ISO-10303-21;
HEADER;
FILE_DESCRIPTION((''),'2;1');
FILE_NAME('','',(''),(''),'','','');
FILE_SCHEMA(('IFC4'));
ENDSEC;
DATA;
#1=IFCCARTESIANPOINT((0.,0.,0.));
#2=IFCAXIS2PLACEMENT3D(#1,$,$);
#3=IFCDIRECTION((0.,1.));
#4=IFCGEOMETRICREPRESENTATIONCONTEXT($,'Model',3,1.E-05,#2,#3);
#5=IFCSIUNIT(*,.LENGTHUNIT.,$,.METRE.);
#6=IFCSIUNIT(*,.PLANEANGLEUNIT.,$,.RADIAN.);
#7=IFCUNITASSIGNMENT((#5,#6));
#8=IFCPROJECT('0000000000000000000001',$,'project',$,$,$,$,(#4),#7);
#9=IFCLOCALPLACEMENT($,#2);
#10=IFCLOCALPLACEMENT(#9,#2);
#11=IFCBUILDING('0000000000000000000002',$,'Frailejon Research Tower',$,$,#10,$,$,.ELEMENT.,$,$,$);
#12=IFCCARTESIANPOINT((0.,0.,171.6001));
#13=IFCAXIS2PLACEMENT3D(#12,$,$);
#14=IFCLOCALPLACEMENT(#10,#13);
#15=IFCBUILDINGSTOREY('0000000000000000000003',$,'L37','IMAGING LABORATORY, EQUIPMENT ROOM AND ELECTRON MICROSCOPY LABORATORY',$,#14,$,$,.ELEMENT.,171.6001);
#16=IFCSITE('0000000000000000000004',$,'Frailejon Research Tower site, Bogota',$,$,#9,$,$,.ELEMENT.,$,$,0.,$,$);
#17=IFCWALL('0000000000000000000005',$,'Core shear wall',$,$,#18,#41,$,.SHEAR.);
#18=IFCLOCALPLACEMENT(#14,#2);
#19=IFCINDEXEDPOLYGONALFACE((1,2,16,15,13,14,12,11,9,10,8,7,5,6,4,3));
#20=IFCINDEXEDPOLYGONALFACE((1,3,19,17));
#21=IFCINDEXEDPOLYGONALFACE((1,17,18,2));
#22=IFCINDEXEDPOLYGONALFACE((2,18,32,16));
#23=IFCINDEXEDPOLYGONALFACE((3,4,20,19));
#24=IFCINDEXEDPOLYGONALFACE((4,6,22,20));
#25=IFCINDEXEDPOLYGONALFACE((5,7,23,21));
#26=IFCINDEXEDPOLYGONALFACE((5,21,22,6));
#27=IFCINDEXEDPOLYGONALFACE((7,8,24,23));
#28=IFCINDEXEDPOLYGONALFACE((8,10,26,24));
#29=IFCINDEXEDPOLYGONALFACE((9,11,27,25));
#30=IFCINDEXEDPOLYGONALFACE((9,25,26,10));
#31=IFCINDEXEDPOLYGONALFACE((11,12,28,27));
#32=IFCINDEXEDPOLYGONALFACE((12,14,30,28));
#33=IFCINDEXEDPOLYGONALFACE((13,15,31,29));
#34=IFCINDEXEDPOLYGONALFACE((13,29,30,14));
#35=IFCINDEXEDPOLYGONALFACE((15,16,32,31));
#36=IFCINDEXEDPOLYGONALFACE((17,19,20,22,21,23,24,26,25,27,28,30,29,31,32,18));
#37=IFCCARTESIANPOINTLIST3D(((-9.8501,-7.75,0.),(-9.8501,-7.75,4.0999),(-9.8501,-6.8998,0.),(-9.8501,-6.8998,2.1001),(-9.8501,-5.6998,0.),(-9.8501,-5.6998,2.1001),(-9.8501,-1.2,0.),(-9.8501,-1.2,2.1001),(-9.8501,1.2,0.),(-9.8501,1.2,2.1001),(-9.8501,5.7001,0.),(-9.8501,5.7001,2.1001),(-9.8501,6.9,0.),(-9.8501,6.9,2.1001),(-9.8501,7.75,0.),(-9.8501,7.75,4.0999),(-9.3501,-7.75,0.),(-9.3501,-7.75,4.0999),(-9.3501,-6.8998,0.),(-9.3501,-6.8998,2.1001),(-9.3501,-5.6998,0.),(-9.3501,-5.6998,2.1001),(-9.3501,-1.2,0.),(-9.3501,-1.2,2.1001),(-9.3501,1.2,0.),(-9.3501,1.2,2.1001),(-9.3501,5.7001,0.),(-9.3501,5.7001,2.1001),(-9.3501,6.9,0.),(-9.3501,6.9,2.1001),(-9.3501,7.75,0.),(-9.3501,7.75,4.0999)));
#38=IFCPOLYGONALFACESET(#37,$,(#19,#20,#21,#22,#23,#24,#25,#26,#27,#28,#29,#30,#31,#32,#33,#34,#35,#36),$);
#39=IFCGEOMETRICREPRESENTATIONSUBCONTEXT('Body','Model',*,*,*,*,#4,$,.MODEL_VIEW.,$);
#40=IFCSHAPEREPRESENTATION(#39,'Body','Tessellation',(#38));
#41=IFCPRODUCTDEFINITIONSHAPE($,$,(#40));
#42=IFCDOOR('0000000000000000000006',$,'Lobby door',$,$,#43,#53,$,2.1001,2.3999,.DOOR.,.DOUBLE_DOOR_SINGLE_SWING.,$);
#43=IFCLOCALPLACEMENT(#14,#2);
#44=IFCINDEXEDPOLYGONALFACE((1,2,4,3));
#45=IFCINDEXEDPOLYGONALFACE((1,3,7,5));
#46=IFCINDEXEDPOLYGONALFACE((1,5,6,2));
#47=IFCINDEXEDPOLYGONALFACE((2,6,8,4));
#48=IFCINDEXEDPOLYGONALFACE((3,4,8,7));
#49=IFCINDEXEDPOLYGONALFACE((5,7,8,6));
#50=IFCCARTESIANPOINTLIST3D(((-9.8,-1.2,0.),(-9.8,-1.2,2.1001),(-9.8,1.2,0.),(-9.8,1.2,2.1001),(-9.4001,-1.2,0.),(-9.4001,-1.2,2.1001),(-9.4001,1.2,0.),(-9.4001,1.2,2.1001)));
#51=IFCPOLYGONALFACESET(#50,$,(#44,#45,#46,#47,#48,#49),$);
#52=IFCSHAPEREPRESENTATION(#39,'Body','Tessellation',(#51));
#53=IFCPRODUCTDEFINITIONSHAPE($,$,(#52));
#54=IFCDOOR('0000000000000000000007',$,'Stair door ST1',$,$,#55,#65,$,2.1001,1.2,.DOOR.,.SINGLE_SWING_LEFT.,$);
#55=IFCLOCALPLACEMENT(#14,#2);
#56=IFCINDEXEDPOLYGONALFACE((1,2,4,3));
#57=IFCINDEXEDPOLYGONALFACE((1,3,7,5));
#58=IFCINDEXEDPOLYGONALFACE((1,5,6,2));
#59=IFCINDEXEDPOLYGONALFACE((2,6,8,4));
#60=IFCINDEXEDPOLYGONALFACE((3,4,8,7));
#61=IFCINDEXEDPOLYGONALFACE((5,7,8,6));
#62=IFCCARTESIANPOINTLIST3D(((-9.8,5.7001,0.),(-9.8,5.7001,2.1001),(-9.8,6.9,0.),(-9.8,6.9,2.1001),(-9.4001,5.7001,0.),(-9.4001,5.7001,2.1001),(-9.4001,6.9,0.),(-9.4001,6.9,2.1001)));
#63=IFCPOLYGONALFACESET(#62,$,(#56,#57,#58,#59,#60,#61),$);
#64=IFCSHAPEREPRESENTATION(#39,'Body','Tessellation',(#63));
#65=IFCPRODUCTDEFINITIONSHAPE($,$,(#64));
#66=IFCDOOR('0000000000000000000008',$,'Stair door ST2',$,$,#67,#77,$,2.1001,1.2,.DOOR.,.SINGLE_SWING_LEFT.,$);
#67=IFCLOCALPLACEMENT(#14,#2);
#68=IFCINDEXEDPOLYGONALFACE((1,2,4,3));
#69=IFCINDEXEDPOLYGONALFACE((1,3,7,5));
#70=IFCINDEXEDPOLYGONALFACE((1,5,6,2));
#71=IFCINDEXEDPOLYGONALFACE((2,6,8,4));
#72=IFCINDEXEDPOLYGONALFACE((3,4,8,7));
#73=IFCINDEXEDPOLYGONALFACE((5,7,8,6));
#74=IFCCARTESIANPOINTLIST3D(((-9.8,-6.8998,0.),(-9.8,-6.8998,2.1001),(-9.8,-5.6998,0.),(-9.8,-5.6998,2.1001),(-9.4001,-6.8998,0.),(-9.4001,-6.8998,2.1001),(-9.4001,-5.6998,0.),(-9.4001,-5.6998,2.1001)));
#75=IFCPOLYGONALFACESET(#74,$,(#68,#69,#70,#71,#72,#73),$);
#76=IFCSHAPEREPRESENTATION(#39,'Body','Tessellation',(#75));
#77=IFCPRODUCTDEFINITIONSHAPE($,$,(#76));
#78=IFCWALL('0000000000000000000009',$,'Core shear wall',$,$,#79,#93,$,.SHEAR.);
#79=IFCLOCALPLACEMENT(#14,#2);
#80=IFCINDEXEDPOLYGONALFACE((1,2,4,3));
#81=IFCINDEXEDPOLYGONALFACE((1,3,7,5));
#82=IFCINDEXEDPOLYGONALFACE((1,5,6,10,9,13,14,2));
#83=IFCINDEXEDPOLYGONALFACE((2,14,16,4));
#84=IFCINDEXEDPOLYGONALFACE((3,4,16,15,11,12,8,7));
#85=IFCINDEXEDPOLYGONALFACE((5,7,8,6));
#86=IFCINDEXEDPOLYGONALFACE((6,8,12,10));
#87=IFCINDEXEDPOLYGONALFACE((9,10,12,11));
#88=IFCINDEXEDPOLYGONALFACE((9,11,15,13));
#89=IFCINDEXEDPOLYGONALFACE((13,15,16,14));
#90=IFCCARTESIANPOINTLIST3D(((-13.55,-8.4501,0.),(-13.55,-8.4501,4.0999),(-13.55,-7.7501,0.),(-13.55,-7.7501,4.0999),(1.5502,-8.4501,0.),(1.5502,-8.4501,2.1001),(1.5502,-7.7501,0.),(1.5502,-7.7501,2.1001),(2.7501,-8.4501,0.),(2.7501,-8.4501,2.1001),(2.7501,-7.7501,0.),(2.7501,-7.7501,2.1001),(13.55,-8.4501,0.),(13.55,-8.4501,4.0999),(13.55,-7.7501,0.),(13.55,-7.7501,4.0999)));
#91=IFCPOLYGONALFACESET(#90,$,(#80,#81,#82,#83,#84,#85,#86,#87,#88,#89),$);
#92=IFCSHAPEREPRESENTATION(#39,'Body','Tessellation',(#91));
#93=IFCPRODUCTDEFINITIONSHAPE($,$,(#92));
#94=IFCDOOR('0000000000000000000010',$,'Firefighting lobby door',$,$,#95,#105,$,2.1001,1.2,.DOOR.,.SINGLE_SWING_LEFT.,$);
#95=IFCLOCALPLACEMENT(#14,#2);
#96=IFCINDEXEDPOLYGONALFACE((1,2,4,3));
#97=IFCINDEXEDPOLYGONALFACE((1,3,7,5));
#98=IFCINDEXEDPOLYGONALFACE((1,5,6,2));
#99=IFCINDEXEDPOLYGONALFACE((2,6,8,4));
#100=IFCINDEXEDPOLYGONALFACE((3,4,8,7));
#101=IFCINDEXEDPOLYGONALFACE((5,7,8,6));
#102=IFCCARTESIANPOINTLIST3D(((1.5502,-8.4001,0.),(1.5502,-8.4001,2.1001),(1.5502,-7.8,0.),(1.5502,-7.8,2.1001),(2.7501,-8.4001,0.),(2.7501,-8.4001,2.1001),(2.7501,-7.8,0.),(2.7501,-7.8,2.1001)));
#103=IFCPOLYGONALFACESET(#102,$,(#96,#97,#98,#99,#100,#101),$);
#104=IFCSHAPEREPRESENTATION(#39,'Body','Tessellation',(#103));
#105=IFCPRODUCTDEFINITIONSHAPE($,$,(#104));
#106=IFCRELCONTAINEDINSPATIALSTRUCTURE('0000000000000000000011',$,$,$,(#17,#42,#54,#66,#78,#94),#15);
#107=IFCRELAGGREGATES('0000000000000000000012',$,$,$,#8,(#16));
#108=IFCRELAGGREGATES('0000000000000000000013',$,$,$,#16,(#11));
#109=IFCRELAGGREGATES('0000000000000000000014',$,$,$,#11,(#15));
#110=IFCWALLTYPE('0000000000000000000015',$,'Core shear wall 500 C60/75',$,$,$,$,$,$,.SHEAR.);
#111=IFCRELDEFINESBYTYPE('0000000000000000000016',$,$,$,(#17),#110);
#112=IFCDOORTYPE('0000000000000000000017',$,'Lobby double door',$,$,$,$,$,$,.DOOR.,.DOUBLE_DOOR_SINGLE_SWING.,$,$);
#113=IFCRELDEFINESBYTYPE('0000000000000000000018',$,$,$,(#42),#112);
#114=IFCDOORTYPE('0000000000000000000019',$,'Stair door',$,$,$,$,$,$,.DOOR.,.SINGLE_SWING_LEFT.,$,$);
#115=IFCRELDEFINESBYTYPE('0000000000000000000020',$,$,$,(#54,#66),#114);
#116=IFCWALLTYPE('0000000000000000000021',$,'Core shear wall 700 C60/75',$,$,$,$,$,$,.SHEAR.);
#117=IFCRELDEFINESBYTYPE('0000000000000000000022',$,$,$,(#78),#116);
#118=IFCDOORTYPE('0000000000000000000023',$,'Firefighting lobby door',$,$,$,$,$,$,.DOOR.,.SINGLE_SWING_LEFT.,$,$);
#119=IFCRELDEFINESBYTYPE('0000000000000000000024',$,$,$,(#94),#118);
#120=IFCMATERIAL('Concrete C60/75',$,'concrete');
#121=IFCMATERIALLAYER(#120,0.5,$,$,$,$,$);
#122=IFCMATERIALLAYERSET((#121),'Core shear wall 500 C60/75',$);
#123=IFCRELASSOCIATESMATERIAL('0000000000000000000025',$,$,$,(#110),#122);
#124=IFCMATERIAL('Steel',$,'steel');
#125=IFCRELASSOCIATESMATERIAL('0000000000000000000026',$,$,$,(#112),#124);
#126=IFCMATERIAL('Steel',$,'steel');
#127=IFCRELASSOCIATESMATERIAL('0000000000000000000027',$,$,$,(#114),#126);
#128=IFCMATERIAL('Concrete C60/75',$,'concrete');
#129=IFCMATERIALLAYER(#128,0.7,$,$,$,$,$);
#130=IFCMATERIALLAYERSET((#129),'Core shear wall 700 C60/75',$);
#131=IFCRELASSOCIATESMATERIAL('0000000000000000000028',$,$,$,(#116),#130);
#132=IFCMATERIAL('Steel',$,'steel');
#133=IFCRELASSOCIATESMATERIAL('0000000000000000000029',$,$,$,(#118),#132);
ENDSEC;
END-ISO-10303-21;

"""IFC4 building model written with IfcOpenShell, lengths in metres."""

from ifc_helpers import new_model, si_unit, direction, frame, frame_2d, origin, place, context, subcontext, project, spatial, rectangle, extrude, material, layer, layer_set, type_object, element, fill, save


model = new_model("IFC4")

# Units and contexts
model_context = context("Model", 3, precision=1e-05, world=origin(), true_north=direction((0.0, 1.0)))
body_context = subcontext(model_context, "Body", "Model", "MODEL_VIEW")
ifc_project = project(units=[si_unit("LENGTHUNIT", "METRE"), si_unit("PLANEANGLEUNIT", "RADIAN")], contexts=[model_context])

# Site, building, storey
site_placement = place(None, origin())
site = spatial("IfcSite", under=ifc_project, at=site_placement, Name="Frailejon Research Tower site, Bogota", CompositionType="ELEMENT", RefElevation=0.0)
building_placement = place(site_placement, origin())
building = spatial("IfcBuilding", under=site, at=building_placement, Name="Frailejon Research Tower", CompositionType="ELEMENT")
storey_placement = place(building_placement, frame((0.0, 0.0, 171.6001)))
storey = spatial("IfcBuildingStorey", under=building, at=storey_placement, Name="L37", Description="IMAGING LABORATORY, EQUIPMENT ROOM AND ELECTRON MICROSCOPY LABORATORY", CompositionType="ELEMENT", Elevation=171.6001)

# Wall, openings, doors
ifc_material_1 = material(Name="Concrete C60/75", Category="concrete")
ifc_layer_1 = layer(ifc_material_1, 0.5)
ifc_layer_set_1 = layer_set([ifc_layer_1], Name="Core shear wall 500 C60/75")
wall_type_1 = type_object("IfcWallType", Name="Core shear wall 500 C60/75", PredefinedType="SHEAR", material=ifc_layer_set_1)
wall_1_placement = place(storey_placement, frame((-9.6001, -7.75, 0.0), z_axis=(0.0, 0.0, 1.0), x_axis=(0.0, 1.0, 0.0)))
wall_1 = element("IfcWall", 1, at=wall_1_placement, inside=storey, type_object=wall_type_1, Name="Core shear wall", PredefinedType="SHEAR", context=body_context, shape_type="SweptSolid", body=[
    extrude(rectangle(XDim=15.5, YDim=0.5, at=frame_2d((7.75, 0.0))), origin(), (0.0, 0.0, 1.0), 4.0999),
])
opening_1_placement = place(wall_1_placement, frame((6.55, 0.0, 0.0)))
opening_1 = element("IfcOpeningElement", 2, at=opening_1_placement, cuts=wall_1, PredefinedType="OPENING", context=body_context, shape_type="SweptSolid", body=[
    extrude(rectangle(XDim=2.3999, YDim=2.1001, at=frame_2d((1.2, 1.05))), frame((0.0, 0.26, 0.0), z_axis=(0.0, -1.0, 0.0), x_axis=(1.0, 0.0, 0.0)), (0.0, 0.0, 1.0), 0.52),
])
opening_2_placement = place(wall_1_placement, frame((13.45, 0.0, 0.0)))
opening_2 = element("IfcOpeningElement", 3, at=opening_2_placement, cuts=wall_1, PredefinedType="OPENING", context=body_context, shape_type="SweptSolid", body=[
    extrude(rectangle(XDim=1.2, YDim=2.1001, at=frame_2d((0.6001, 1.05))), frame((0.0, 0.26, 0.0), z_axis=(0.0, -1.0, 0.0), x_axis=(1.0, 0.0, 0.0)), (0.0, 0.0, 1.0), 0.52),
])
opening_3_placement = place(wall_1_placement, frame((0.8501, 0.0, 0.0)))
opening_3 = element("IfcOpeningElement", 4, at=opening_3_placement, cuts=wall_1, PredefinedType="OPENING", context=body_context, shape_type="SweptSolid", body=[
    extrude(rectangle(XDim=1.2, YDim=2.1001, at=frame_2d((0.6001, 1.05))), frame((0.0, 0.26, 0.0), z_axis=(0.0, -1.0, 0.0), x_axis=(1.0, 0.0, 0.0)), (0.0, 0.0, 1.0), 0.52),
])
ifc_material_2 = material(Name="Steel", Category="steel")
door_type_1 = type_object("IfcDoorType", Name="Lobby double door", OperationType="DOUBLE_DOOR_SINGLE_SWING", PredefinedType="DOOR", material=ifc_material_2)
door_1_placement = place(opening_1_placement, origin())
door_1 = element("IfcDoor", 5, at=door_1_placement, inside=storey, type_object=door_type_1, Name="Lobby door", OperationType="DOUBLE_DOOR_SINGLE_SWING", OverallHeight=2.1001, OverallWidth=2.3999, PredefinedType="DOOR", context=body_context, shape_type="SweptSolid", body=[
    extrude(rectangle(XDim=2.3999, YDim=2.1001, at=frame_2d((1.2, 1.05))), frame((0.0, 0.2, 0.0), z_axis=(0.0, -1.0, 0.0), x_axis=(1.0, 0.0, 0.0)), (0.0, 0.0, 1.0), 0.3999),
])
fill(opening_1, door_1)
ifc_material_3 = material(Name="Steel", Category="steel")
door_type_2 = type_object("IfcDoorType", Name="Stair door", OperationType="SINGLE_SWING_LEFT", PredefinedType="DOOR", material=ifc_material_3)
door_2_placement = place(opening_2_placement, origin())
door_2 = element("IfcDoor", 6, at=door_2_placement, inside=storey, type_object=door_type_2, Name="Stair door ST1", OperationType="SINGLE_SWING_LEFT", OverallHeight=2.1001, OverallWidth=1.2, PredefinedType="DOOR", context=body_context, shape_type="SweptSolid", body=[
    extrude(rectangle(XDim=1.2, YDim=2.1001, at=frame_2d((0.6001, 1.05))), frame((0.0, 0.2, 0.0), z_axis=(0.0, -1.0, 0.0), x_axis=(1.0, 0.0, 0.0)), (0.0, 0.0, 1.0), 0.3999),
])
fill(opening_2, door_2)
door_3_placement = place(opening_3_placement, origin())
door_3 = element("IfcDoor", 7, at=door_3_placement, inside=storey, type_object=door_type_2, Name="Stair door ST2", OperationType="SINGLE_SWING_LEFT", OverallHeight=2.1001, OverallWidth=1.2, PredefinedType="DOOR", context=body_context, shape_type="SweptSolid", body=[
    extrude(rectangle(XDim=1.2, YDim=2.1001, at=frame_2d((0.6001, 1.05))), frame((0.0, 0.2, 0.0), z_axis=(0.0, -1.0, 0.0), x_axis=(1.0, 0.0, 0.0)), (0.0, 0.0, 1.0), 0.3999),
])
fill(opening_3, door_3)

# Wall, opening, door
ifc_material_4 = material(Name="Concrete C60/75", Category="concrete")
ifc_layer_2 = layer(ifc_material_4, 0.7)
ifc_layer_set_2 = layer_set([ifc_layer_2], Name="Core shear wall 700 C60/75")
wall_type_2 = type_object("IfcWallType", Name="Core shear wall 700 C60/75", PredefinedType="SHEAR", material=ifc_layer_set_2)
wall_2_placement = place(storey_placement, frame((-13.55, -8.1001, 0.0), z_axis=(0.0, 0.0, 1.0), x_axis=(1.0, 0.0, 0.0)))
wall_2 = element("IfcWall", 8, at=wall_2_placement, inside=storey, type_object=wall_type_2, Name="Core shear wall", PredefinedType="SHEAR", context=body_context, shape_type="SweptSolid", body=[
    extrude(rectangle(XDim=27.1001, YDim=0.7, at=frame_2d((13.55, 0.0))), origin(), (0.0, 0.0, 1.0), 4.0999),
])
opening_4_placement = place(wall_2_placement, frame((15.1001, 0.0, 0.0)))
opening_4 = element("IfcOpeningElement", 9, at=opening_4_placement, cuts=wall_2, PredefinedType="OPENING", context=body_context, shape_type="SweptSolid", body=[
    extrude(rectangle(XDim=1.2, YDim=2.1001, at=frame_2d((0.6001, 1.05))), frame((0.0, 0.3599, 0.0), z_axis=(0.0, -1.0, 0.0), x_axis=(1.0, 0.0, 0.0)), (0.0, 0.0, 1.0), 0.72),
])
ifc_material_5 = material(Name="Steel", Category="steel")
door_type_3 = type_object("IfcDoorType", Name="Firefighting lobby door", OperationType="SINGLE_SWING_LEFT", PredefinedType="DOOR", material=ifc_material_5)
door_4_placement = place(opening_4_placement, origin())
door_4 = element("IfcDoor", 10, at=door_4_placement, inside=storey, type_object=door_type_3, Name="Firefighting lobby door", OperationType="SINGLE_SWING_LEFT", OverallHeight=2.1001, OverallWidth=1.2, PredefinedType="DOOR", context=body_context, shape_type="SweptSolid", body=[
    extrude(rectangle(XDim=1.2, YDim=2.1001, at=frame_2d((0.6001, 1.05))), frame((0.0, 0.3, 0.0), z_axis=(0.0, -1.0, 0.0), x_axis=(1.0, 0.0, 0.0)), (0.0, 0.0, 1.0), 0.6001),
])
fill(opening_4, door_4)

save(model, "model.ifc")
